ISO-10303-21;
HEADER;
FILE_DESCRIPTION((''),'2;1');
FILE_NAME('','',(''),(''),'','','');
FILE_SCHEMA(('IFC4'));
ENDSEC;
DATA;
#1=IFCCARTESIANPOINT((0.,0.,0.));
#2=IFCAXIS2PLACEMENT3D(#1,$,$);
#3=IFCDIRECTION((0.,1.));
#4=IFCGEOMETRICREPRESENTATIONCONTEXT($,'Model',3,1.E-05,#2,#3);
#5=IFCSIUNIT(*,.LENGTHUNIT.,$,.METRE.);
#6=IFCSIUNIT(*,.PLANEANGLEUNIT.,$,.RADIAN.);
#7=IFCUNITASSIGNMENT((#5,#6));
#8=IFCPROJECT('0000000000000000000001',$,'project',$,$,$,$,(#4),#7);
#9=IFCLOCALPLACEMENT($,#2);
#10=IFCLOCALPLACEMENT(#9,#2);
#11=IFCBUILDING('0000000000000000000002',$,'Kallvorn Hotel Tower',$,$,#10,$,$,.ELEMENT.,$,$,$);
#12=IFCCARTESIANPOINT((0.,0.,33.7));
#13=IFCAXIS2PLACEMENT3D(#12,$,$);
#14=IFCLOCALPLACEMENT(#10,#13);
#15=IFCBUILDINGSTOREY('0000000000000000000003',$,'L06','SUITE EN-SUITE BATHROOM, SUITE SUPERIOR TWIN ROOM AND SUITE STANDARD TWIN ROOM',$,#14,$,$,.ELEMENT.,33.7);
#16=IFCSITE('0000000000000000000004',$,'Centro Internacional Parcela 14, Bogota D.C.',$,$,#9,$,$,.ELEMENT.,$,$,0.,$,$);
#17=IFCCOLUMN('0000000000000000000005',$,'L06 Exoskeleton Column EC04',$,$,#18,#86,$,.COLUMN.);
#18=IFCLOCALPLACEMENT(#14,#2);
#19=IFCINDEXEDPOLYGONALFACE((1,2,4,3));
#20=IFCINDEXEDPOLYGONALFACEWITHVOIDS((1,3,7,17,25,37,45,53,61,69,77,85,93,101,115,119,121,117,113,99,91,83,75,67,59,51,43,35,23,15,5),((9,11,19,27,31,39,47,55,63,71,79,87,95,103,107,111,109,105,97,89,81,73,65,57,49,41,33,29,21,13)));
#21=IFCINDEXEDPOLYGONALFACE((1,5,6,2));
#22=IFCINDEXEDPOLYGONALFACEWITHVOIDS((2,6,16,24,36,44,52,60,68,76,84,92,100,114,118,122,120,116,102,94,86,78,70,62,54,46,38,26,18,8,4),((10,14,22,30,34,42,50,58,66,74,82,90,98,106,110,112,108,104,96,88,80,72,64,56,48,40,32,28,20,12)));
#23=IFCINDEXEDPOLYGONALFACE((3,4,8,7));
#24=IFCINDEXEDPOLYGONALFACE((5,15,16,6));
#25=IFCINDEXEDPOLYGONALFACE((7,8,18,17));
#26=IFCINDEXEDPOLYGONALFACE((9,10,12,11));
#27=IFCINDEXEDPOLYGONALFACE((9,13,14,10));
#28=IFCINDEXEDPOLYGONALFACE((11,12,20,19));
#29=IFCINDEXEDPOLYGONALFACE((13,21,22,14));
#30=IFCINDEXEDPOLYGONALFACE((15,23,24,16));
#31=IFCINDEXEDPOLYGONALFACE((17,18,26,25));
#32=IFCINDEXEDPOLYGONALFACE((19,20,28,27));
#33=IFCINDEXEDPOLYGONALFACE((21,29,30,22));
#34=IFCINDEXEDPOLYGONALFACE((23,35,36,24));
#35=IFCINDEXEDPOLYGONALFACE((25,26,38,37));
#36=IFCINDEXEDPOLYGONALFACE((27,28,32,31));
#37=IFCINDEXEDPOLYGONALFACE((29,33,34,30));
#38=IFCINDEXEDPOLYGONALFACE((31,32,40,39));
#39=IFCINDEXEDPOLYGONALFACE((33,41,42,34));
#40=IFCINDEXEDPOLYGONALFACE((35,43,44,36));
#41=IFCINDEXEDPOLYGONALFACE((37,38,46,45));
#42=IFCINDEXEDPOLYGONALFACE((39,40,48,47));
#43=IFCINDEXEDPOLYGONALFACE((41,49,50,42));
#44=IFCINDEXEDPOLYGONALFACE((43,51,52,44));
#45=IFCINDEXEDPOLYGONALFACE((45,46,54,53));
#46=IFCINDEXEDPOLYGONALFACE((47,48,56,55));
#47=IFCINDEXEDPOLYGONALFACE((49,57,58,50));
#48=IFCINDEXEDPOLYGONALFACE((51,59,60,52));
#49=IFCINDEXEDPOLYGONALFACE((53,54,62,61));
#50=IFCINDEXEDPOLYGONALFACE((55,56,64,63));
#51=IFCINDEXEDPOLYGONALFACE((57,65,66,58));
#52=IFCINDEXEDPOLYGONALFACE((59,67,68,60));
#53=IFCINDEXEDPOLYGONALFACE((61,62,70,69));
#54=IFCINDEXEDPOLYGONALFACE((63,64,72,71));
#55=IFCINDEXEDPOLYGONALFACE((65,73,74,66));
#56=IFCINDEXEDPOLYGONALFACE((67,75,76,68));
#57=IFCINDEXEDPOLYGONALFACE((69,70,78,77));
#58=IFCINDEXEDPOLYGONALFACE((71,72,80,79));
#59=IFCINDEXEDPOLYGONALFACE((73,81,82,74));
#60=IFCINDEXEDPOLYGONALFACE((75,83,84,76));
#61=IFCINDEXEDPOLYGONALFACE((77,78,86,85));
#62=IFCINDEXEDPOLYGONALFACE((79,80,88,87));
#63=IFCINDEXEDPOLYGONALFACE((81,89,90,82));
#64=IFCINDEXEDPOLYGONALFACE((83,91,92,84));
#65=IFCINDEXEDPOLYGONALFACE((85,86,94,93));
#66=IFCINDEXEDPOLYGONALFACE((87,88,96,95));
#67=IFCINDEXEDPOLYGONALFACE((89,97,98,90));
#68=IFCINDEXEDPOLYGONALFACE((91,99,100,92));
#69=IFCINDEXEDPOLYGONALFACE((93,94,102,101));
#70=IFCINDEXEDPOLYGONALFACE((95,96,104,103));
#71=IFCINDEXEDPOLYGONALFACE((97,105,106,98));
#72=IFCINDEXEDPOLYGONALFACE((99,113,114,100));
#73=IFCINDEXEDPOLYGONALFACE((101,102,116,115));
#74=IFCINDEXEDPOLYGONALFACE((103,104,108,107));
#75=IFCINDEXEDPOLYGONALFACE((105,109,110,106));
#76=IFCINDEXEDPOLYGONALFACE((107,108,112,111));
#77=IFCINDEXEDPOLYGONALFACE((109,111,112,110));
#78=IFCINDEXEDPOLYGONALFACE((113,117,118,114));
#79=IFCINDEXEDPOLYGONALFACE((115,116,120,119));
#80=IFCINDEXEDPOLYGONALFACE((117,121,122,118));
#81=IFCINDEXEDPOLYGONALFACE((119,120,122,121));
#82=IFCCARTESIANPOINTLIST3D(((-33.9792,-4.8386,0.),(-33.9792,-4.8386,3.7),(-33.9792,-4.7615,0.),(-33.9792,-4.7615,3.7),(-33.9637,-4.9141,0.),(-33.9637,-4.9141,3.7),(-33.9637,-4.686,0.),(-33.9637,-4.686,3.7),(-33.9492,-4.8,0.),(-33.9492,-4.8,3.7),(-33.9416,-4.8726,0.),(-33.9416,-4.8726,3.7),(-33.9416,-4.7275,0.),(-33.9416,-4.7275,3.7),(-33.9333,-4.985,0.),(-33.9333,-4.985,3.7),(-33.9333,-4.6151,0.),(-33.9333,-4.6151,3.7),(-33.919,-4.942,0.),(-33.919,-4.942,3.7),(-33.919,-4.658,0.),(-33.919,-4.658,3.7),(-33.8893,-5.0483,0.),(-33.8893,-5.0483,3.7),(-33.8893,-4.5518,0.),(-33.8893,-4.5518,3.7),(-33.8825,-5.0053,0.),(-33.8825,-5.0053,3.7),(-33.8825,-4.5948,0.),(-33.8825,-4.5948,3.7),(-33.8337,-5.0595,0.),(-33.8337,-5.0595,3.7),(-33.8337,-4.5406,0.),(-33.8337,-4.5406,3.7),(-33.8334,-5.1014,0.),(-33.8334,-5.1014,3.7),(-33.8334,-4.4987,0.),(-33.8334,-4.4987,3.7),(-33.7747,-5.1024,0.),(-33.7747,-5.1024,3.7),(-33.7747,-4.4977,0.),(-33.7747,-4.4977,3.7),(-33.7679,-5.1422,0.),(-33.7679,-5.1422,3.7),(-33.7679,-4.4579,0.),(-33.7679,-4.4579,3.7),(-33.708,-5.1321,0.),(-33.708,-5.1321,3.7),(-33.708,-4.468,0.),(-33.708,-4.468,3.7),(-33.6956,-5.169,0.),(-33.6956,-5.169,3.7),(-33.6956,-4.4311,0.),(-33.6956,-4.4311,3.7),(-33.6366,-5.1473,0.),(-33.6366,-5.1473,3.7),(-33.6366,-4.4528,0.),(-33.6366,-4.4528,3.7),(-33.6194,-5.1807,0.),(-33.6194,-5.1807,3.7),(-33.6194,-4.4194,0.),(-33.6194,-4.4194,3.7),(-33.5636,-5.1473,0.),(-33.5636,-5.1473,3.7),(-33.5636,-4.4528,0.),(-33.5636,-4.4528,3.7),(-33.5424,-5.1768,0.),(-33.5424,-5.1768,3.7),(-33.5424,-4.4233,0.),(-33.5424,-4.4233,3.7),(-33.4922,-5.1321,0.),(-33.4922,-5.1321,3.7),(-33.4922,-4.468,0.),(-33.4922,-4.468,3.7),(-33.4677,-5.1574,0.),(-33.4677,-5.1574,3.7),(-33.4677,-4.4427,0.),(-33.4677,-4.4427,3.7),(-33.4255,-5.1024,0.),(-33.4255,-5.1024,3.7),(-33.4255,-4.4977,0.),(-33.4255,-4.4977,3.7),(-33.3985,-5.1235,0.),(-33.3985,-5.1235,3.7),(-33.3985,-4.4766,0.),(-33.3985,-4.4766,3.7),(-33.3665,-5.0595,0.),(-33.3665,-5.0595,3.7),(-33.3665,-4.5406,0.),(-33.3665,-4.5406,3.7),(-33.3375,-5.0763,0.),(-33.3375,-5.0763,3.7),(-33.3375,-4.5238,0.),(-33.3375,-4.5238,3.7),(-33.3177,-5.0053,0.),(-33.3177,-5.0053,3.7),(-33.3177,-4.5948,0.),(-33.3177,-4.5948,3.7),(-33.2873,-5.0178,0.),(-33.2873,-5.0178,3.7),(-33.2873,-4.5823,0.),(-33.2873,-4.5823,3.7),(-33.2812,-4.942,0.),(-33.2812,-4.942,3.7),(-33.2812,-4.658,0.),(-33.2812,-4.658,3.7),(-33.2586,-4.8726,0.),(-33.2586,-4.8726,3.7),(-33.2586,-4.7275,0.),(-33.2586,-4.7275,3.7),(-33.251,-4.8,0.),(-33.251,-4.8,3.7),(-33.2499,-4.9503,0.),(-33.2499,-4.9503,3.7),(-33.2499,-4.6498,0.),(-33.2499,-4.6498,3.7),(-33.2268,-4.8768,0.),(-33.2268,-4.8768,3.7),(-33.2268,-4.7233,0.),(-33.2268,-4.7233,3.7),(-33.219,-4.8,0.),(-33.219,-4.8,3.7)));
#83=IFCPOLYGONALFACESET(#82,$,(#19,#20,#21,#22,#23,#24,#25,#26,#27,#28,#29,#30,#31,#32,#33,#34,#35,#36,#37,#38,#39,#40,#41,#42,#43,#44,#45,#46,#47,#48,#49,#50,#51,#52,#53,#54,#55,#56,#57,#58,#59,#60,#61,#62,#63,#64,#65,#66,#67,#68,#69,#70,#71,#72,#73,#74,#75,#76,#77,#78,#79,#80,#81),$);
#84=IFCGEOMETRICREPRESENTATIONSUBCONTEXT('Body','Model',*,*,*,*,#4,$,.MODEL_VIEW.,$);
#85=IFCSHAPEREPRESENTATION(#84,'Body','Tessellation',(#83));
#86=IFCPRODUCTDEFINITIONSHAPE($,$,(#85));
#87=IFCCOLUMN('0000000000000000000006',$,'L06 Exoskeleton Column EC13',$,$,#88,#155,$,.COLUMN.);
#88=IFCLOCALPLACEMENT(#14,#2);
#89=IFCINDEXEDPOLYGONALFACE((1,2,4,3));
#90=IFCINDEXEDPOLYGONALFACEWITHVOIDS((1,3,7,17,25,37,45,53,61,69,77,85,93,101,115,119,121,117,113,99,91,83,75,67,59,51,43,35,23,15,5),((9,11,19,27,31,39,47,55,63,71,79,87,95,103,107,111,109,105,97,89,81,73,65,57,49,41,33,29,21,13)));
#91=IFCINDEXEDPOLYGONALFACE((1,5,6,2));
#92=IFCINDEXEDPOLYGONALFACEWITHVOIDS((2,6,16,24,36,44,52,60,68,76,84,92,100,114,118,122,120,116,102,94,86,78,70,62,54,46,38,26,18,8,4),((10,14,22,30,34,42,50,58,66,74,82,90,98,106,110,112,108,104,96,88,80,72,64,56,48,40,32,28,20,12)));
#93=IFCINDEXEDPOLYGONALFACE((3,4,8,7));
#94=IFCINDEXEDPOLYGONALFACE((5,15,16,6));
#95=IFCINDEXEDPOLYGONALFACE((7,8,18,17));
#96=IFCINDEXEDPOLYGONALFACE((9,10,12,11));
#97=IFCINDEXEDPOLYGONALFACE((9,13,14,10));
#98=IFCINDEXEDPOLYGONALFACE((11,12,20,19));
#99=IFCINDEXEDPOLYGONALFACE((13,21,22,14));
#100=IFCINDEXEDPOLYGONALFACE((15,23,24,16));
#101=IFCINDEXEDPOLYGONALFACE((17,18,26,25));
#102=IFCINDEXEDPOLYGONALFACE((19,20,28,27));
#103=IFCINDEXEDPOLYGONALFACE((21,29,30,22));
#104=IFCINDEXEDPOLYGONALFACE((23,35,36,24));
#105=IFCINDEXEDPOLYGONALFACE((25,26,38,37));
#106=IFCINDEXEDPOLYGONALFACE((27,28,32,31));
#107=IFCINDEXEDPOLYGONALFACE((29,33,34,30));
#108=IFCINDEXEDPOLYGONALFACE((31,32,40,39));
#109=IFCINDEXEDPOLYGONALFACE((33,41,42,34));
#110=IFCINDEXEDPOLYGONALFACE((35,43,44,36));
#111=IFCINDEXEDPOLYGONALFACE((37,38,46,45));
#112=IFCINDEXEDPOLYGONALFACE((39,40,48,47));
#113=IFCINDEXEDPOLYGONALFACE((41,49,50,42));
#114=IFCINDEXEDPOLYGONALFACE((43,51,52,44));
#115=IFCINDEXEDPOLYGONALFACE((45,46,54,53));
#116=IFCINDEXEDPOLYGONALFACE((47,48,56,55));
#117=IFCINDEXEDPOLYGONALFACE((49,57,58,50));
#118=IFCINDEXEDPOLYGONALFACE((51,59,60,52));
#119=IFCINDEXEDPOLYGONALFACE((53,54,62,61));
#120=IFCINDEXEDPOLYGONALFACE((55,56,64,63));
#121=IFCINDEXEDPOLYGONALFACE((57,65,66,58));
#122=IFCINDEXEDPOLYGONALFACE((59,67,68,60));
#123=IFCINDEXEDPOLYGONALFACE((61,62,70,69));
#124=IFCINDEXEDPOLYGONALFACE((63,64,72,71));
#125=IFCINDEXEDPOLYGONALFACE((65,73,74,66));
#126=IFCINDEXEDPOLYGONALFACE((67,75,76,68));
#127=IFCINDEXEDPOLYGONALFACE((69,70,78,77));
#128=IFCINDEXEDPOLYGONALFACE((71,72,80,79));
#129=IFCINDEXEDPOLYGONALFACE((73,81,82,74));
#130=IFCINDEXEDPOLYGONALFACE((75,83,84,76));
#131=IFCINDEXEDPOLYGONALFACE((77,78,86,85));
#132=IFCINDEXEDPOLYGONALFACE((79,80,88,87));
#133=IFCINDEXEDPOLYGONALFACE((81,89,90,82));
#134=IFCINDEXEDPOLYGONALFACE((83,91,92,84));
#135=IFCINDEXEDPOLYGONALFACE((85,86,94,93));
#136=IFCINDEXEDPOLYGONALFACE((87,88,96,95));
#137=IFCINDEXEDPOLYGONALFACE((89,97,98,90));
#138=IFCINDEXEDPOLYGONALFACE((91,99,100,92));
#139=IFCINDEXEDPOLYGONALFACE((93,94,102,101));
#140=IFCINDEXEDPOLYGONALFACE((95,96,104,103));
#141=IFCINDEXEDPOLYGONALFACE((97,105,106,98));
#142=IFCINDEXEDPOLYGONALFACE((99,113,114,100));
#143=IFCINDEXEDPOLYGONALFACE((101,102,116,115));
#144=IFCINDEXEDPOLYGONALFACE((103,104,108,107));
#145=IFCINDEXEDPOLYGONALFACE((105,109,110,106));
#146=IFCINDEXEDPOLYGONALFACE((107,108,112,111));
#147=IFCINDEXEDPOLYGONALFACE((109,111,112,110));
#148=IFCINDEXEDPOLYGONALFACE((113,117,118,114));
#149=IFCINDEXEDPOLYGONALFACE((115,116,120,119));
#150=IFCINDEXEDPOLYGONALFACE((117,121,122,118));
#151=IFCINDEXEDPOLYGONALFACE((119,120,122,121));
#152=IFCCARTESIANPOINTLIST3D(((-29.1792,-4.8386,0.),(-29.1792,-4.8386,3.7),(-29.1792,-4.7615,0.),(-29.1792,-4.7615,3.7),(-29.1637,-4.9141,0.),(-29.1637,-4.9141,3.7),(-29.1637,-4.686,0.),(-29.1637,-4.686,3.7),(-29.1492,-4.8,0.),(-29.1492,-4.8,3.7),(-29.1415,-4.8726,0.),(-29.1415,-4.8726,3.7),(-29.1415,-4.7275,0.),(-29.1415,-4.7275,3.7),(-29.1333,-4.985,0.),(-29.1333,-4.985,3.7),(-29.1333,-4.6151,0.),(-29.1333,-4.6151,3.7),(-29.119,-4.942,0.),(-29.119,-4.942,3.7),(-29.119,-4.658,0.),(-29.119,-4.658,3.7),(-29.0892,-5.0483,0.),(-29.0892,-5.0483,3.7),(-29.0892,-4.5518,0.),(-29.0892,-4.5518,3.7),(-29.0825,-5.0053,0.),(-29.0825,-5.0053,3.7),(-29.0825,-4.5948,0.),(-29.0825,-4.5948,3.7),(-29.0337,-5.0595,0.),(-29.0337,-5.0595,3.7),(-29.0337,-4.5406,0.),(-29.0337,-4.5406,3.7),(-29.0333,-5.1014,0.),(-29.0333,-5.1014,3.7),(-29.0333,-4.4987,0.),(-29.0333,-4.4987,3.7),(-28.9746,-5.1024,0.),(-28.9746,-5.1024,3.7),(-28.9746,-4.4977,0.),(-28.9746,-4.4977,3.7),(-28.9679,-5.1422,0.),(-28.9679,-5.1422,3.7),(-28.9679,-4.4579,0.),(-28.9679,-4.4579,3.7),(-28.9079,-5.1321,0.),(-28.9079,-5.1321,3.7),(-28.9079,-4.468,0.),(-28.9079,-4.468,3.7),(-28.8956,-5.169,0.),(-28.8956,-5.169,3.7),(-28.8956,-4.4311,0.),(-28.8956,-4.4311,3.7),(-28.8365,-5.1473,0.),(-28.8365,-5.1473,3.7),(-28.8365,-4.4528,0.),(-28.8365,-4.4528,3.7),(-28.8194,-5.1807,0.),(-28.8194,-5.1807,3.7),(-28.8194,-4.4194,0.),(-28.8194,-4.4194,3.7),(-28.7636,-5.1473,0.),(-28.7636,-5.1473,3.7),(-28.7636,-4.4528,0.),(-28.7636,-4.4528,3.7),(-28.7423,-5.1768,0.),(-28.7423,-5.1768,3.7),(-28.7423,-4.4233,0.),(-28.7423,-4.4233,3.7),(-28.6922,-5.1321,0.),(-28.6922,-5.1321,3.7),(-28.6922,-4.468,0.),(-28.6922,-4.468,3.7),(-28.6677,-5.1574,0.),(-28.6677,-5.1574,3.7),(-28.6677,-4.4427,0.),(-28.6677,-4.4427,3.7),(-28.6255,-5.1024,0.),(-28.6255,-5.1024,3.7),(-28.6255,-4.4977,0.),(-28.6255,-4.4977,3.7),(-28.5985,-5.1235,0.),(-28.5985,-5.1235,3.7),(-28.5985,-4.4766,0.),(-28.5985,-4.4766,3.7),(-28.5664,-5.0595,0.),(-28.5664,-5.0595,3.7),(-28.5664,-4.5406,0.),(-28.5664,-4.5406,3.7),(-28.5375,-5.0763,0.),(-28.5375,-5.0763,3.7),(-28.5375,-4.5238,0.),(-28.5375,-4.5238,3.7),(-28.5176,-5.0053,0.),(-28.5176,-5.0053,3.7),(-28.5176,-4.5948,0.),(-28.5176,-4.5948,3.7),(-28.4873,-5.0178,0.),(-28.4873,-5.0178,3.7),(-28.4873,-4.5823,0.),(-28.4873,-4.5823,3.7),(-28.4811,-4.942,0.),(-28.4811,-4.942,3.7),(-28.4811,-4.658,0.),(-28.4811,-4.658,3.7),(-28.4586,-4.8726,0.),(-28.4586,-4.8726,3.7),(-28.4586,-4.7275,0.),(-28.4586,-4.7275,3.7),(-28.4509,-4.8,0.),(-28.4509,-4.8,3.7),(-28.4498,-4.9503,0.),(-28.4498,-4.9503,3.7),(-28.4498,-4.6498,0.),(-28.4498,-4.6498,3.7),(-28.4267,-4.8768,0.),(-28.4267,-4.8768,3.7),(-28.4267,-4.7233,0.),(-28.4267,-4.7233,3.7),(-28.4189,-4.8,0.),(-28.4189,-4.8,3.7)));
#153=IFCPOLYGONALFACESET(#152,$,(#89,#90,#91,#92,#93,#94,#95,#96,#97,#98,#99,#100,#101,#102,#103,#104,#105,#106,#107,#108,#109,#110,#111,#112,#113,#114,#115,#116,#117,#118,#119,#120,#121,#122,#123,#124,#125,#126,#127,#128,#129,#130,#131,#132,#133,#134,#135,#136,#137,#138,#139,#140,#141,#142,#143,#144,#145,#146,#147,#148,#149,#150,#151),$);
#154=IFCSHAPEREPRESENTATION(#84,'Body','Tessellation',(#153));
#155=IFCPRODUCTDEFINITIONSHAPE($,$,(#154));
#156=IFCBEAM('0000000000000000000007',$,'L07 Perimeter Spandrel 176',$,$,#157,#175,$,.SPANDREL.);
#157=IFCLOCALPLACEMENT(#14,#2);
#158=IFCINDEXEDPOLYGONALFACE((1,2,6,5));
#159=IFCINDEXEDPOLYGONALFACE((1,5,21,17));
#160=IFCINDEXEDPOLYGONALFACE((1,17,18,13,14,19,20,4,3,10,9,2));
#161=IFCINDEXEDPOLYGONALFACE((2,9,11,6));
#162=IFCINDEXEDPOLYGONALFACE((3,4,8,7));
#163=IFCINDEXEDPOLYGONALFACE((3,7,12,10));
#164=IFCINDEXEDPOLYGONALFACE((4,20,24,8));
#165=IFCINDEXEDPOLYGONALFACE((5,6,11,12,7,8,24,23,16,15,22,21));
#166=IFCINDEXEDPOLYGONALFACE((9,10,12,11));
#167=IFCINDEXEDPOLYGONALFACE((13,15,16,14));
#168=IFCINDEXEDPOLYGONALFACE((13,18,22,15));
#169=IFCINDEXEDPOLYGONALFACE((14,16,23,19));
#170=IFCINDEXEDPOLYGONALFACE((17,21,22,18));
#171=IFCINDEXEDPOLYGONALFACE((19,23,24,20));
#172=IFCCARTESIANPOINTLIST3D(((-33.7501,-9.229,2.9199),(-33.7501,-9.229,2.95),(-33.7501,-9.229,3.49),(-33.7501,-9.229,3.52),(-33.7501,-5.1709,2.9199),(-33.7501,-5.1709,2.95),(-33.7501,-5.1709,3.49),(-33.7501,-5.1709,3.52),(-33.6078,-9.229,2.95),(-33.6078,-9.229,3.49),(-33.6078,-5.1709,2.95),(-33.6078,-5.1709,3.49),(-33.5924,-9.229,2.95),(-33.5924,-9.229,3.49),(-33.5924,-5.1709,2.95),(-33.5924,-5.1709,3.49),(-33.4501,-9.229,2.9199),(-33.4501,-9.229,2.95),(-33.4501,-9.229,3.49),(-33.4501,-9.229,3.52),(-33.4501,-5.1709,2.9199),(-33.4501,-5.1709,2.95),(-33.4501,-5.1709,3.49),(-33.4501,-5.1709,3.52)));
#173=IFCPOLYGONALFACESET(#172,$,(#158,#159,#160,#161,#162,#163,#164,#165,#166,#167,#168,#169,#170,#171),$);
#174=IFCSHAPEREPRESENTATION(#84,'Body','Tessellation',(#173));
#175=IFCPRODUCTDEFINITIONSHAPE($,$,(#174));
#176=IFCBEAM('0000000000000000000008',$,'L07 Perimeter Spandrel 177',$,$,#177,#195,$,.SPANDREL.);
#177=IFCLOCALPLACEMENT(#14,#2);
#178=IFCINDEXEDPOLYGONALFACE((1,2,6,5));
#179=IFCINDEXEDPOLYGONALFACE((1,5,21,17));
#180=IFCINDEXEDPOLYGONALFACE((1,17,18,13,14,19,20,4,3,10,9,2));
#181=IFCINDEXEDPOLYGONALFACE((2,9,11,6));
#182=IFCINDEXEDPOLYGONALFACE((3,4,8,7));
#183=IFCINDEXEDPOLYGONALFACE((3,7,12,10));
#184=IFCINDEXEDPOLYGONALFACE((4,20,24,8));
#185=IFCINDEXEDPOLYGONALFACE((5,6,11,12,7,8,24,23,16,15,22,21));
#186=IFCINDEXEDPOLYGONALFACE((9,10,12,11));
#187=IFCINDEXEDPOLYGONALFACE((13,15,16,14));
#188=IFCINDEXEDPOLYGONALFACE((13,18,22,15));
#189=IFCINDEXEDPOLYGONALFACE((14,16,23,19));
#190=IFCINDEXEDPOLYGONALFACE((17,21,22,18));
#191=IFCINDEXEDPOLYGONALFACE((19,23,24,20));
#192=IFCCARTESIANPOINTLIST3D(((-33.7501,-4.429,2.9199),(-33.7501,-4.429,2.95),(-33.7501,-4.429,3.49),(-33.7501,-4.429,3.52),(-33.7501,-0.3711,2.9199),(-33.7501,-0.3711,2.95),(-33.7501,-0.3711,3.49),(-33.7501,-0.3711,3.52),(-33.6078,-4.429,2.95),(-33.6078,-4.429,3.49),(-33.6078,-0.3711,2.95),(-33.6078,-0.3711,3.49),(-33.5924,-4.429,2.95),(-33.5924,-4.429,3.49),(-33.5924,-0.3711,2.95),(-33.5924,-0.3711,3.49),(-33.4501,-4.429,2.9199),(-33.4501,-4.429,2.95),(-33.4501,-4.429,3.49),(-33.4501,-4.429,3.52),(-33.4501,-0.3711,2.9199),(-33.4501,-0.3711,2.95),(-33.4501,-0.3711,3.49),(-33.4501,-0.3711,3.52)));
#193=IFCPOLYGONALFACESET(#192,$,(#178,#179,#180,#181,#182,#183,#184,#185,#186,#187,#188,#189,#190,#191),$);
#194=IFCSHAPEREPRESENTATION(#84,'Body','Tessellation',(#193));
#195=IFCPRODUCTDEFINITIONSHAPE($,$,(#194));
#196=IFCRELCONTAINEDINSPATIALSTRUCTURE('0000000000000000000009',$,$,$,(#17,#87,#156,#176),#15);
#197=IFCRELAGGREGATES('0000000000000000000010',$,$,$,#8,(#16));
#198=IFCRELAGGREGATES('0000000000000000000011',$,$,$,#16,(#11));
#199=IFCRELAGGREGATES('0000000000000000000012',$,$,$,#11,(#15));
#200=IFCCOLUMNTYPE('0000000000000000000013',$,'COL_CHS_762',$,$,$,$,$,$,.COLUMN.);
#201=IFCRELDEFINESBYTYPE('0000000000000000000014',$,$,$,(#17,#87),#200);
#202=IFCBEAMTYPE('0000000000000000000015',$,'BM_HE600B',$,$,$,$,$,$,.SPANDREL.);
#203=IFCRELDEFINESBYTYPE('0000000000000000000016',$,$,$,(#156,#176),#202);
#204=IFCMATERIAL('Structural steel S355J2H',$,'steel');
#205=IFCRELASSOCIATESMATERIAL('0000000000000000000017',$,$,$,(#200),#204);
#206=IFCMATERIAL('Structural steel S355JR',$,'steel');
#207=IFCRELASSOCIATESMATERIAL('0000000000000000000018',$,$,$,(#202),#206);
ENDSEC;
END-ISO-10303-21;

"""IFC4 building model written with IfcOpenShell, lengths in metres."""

from ifc_helpers import new_model, si_unit, direction, frame, origin, origin_2d, place, context, subcontext, project, spatial, hollow_circle, i_section, extrude, material, material_profile, profile_set, type_object, element, save


model = new_model("IFC4")

# Units and contexts
model_context = context("Model", 3, precision=1e-05, world=origin(), true_north=direction((0.0, 1.0)))
body_context = subcontext(model_context, "Body", "Model", "MODEL_VIEW")
ifc_project = project(units=[si_unit("LENGTHUNIT", "METRE"), si_unit("PLANEANGLEUNIT", "RADIAN")], contexts=[model_context])

# Site, building, storey
site_placement = place(None, origin())
site = spatial("IfcSite", under=ifc_project, at=site_placement, Name="Centro Internacional Parcela 14, Bogota D.C.", CompositionType="ELEMENT", RefElevation=0.0)
building_placement = place(site_placement, origin())
building = spatial("IfcBuilding", under=site, at=building_placement, Name="Kallvorn Hotel Tower", CompositionType="ELEMENT")
storey_placement = place(building_placement, frame((0.0, 0.0, 33.7)))
storey = spatial("IfcBuildingStorey", under=building, at=storey_placement, Name="L06", Description="SUITE EN-SUITE BATHROOM, SUITE SUPERIOR TWIN ROOM AND SUITE STANDARD TWIN ROOM", CompositionType="ELEMENT", Elevation=33.7)

# Columns
ifc_material_1 = material(Name="Structural steel S355J2H", Category="steel")
ifc_material_profile_1 = material_profile(ifc_material_1, hollow_circle(Radius=0.3811, WallThickness=0.032, at=origin_2d()), Name="CHS 762x32")
ifc_profile_set_1 = profile_set([ifc_material_profile_1], Name="Structural steel S355J2H")
column_type = type_object("IfcColumnType", Name="COL_CHS_762", PredefinedType="COLUMN", material=ifc_profile_set_1)
for number, where, z_axis, x_axis, name in (
    (1, (-33.6001, -4.8, 0.0), (0.0, 0.0, 1.0), (1.0, 0.0, 0.0), "L06 Exoskeleton Column EC04"),
    (2, (-28.8, -4.8, 0.0), (0.0, 0.0, 1.0), (1.0, 0.0, 0.0), "L06 Exoskeleton Column EC13"),
):
    element("IfcColumn", number, at=place(storey_placement, frame(where, z_axis=z_axis, x_axis=x_axis)), inside=storey, type_object=column_type, Name=name, PredefinedType="COLUMN", context=body_context, shape_type="SweptSolid", body=[
        extrude(hollow_circle(Radius=0.3811, WallThickness=0.032, at=origin_2d()), origin(), (0.0, 0.0, 1.0), 3.7),
    ])

# Beams
ifc_material_2 = material(Name="Structural steel S355JR", Category="steel")
ifc_material_profile_2 = material_profile(ifc_material_2, i_section(OverallWidth=0.3, OverallDepth=0.6001, WebThickness=0.0154, FlangeThickness=0.03, at=origin_2d()), Name="HE 600 B")
ifc_profile_set_2 = profile_set([ifc_material_profile_2], Name="Structural steel S355JR")
beam_type_1 = type_object("IfcBeamType", Name="BM_HE600B", PredefinedType="SPANDREL", material=ifc_profile_set_2)
beam_1_placement = place(storey_placement, frame((-33.6001, -9.229, 3.22), z_axis=(0.0, 1.0, 0.0), x_axis=(-1.0, 0.0, 0.0)))
element("IfcBeam", 3, at=beam_1_placement, inside=storey, type_object=beam_type_1, Name="L07 Perimeter Spandrel 176", PredefinedType="SPANDREL", context=body_context, shape_type="SweptSolid", body=[
    extrude(i_section(OverallWidth=0.3, OverallDepth=0.6001, WebThickness=0.0154, FlangeThickness=0.03, at=origin_2d()), origin(), (0.0, 0.0, 1.0), 4.0581),
])
beam_2_placement = place(storey_placement, frame((-33.6001, -4.429, 3.22), z_axis=(0.0, 1.0, 0.0), x_axis=(-1.0, 0.0, 0.0)))
element("IfcBeam", 4, at=beam_2_placement, inside=storey, type_object=beam_type_1, Name="L07 Perimeter Spandrel 177", PredefinedType="SPANDREL", context=body_context, shape_type="SweptSolid", body=[
    extrude(i_section(OverallWidth=0.3, OverallDepth=0.6001, WebThickness=0.0154, FlangeThickness=0.03, at=origin_2d()), origin(), (0.0, 0.0, 1.0), 4.0579),
])

save(model, "model.ifc")
